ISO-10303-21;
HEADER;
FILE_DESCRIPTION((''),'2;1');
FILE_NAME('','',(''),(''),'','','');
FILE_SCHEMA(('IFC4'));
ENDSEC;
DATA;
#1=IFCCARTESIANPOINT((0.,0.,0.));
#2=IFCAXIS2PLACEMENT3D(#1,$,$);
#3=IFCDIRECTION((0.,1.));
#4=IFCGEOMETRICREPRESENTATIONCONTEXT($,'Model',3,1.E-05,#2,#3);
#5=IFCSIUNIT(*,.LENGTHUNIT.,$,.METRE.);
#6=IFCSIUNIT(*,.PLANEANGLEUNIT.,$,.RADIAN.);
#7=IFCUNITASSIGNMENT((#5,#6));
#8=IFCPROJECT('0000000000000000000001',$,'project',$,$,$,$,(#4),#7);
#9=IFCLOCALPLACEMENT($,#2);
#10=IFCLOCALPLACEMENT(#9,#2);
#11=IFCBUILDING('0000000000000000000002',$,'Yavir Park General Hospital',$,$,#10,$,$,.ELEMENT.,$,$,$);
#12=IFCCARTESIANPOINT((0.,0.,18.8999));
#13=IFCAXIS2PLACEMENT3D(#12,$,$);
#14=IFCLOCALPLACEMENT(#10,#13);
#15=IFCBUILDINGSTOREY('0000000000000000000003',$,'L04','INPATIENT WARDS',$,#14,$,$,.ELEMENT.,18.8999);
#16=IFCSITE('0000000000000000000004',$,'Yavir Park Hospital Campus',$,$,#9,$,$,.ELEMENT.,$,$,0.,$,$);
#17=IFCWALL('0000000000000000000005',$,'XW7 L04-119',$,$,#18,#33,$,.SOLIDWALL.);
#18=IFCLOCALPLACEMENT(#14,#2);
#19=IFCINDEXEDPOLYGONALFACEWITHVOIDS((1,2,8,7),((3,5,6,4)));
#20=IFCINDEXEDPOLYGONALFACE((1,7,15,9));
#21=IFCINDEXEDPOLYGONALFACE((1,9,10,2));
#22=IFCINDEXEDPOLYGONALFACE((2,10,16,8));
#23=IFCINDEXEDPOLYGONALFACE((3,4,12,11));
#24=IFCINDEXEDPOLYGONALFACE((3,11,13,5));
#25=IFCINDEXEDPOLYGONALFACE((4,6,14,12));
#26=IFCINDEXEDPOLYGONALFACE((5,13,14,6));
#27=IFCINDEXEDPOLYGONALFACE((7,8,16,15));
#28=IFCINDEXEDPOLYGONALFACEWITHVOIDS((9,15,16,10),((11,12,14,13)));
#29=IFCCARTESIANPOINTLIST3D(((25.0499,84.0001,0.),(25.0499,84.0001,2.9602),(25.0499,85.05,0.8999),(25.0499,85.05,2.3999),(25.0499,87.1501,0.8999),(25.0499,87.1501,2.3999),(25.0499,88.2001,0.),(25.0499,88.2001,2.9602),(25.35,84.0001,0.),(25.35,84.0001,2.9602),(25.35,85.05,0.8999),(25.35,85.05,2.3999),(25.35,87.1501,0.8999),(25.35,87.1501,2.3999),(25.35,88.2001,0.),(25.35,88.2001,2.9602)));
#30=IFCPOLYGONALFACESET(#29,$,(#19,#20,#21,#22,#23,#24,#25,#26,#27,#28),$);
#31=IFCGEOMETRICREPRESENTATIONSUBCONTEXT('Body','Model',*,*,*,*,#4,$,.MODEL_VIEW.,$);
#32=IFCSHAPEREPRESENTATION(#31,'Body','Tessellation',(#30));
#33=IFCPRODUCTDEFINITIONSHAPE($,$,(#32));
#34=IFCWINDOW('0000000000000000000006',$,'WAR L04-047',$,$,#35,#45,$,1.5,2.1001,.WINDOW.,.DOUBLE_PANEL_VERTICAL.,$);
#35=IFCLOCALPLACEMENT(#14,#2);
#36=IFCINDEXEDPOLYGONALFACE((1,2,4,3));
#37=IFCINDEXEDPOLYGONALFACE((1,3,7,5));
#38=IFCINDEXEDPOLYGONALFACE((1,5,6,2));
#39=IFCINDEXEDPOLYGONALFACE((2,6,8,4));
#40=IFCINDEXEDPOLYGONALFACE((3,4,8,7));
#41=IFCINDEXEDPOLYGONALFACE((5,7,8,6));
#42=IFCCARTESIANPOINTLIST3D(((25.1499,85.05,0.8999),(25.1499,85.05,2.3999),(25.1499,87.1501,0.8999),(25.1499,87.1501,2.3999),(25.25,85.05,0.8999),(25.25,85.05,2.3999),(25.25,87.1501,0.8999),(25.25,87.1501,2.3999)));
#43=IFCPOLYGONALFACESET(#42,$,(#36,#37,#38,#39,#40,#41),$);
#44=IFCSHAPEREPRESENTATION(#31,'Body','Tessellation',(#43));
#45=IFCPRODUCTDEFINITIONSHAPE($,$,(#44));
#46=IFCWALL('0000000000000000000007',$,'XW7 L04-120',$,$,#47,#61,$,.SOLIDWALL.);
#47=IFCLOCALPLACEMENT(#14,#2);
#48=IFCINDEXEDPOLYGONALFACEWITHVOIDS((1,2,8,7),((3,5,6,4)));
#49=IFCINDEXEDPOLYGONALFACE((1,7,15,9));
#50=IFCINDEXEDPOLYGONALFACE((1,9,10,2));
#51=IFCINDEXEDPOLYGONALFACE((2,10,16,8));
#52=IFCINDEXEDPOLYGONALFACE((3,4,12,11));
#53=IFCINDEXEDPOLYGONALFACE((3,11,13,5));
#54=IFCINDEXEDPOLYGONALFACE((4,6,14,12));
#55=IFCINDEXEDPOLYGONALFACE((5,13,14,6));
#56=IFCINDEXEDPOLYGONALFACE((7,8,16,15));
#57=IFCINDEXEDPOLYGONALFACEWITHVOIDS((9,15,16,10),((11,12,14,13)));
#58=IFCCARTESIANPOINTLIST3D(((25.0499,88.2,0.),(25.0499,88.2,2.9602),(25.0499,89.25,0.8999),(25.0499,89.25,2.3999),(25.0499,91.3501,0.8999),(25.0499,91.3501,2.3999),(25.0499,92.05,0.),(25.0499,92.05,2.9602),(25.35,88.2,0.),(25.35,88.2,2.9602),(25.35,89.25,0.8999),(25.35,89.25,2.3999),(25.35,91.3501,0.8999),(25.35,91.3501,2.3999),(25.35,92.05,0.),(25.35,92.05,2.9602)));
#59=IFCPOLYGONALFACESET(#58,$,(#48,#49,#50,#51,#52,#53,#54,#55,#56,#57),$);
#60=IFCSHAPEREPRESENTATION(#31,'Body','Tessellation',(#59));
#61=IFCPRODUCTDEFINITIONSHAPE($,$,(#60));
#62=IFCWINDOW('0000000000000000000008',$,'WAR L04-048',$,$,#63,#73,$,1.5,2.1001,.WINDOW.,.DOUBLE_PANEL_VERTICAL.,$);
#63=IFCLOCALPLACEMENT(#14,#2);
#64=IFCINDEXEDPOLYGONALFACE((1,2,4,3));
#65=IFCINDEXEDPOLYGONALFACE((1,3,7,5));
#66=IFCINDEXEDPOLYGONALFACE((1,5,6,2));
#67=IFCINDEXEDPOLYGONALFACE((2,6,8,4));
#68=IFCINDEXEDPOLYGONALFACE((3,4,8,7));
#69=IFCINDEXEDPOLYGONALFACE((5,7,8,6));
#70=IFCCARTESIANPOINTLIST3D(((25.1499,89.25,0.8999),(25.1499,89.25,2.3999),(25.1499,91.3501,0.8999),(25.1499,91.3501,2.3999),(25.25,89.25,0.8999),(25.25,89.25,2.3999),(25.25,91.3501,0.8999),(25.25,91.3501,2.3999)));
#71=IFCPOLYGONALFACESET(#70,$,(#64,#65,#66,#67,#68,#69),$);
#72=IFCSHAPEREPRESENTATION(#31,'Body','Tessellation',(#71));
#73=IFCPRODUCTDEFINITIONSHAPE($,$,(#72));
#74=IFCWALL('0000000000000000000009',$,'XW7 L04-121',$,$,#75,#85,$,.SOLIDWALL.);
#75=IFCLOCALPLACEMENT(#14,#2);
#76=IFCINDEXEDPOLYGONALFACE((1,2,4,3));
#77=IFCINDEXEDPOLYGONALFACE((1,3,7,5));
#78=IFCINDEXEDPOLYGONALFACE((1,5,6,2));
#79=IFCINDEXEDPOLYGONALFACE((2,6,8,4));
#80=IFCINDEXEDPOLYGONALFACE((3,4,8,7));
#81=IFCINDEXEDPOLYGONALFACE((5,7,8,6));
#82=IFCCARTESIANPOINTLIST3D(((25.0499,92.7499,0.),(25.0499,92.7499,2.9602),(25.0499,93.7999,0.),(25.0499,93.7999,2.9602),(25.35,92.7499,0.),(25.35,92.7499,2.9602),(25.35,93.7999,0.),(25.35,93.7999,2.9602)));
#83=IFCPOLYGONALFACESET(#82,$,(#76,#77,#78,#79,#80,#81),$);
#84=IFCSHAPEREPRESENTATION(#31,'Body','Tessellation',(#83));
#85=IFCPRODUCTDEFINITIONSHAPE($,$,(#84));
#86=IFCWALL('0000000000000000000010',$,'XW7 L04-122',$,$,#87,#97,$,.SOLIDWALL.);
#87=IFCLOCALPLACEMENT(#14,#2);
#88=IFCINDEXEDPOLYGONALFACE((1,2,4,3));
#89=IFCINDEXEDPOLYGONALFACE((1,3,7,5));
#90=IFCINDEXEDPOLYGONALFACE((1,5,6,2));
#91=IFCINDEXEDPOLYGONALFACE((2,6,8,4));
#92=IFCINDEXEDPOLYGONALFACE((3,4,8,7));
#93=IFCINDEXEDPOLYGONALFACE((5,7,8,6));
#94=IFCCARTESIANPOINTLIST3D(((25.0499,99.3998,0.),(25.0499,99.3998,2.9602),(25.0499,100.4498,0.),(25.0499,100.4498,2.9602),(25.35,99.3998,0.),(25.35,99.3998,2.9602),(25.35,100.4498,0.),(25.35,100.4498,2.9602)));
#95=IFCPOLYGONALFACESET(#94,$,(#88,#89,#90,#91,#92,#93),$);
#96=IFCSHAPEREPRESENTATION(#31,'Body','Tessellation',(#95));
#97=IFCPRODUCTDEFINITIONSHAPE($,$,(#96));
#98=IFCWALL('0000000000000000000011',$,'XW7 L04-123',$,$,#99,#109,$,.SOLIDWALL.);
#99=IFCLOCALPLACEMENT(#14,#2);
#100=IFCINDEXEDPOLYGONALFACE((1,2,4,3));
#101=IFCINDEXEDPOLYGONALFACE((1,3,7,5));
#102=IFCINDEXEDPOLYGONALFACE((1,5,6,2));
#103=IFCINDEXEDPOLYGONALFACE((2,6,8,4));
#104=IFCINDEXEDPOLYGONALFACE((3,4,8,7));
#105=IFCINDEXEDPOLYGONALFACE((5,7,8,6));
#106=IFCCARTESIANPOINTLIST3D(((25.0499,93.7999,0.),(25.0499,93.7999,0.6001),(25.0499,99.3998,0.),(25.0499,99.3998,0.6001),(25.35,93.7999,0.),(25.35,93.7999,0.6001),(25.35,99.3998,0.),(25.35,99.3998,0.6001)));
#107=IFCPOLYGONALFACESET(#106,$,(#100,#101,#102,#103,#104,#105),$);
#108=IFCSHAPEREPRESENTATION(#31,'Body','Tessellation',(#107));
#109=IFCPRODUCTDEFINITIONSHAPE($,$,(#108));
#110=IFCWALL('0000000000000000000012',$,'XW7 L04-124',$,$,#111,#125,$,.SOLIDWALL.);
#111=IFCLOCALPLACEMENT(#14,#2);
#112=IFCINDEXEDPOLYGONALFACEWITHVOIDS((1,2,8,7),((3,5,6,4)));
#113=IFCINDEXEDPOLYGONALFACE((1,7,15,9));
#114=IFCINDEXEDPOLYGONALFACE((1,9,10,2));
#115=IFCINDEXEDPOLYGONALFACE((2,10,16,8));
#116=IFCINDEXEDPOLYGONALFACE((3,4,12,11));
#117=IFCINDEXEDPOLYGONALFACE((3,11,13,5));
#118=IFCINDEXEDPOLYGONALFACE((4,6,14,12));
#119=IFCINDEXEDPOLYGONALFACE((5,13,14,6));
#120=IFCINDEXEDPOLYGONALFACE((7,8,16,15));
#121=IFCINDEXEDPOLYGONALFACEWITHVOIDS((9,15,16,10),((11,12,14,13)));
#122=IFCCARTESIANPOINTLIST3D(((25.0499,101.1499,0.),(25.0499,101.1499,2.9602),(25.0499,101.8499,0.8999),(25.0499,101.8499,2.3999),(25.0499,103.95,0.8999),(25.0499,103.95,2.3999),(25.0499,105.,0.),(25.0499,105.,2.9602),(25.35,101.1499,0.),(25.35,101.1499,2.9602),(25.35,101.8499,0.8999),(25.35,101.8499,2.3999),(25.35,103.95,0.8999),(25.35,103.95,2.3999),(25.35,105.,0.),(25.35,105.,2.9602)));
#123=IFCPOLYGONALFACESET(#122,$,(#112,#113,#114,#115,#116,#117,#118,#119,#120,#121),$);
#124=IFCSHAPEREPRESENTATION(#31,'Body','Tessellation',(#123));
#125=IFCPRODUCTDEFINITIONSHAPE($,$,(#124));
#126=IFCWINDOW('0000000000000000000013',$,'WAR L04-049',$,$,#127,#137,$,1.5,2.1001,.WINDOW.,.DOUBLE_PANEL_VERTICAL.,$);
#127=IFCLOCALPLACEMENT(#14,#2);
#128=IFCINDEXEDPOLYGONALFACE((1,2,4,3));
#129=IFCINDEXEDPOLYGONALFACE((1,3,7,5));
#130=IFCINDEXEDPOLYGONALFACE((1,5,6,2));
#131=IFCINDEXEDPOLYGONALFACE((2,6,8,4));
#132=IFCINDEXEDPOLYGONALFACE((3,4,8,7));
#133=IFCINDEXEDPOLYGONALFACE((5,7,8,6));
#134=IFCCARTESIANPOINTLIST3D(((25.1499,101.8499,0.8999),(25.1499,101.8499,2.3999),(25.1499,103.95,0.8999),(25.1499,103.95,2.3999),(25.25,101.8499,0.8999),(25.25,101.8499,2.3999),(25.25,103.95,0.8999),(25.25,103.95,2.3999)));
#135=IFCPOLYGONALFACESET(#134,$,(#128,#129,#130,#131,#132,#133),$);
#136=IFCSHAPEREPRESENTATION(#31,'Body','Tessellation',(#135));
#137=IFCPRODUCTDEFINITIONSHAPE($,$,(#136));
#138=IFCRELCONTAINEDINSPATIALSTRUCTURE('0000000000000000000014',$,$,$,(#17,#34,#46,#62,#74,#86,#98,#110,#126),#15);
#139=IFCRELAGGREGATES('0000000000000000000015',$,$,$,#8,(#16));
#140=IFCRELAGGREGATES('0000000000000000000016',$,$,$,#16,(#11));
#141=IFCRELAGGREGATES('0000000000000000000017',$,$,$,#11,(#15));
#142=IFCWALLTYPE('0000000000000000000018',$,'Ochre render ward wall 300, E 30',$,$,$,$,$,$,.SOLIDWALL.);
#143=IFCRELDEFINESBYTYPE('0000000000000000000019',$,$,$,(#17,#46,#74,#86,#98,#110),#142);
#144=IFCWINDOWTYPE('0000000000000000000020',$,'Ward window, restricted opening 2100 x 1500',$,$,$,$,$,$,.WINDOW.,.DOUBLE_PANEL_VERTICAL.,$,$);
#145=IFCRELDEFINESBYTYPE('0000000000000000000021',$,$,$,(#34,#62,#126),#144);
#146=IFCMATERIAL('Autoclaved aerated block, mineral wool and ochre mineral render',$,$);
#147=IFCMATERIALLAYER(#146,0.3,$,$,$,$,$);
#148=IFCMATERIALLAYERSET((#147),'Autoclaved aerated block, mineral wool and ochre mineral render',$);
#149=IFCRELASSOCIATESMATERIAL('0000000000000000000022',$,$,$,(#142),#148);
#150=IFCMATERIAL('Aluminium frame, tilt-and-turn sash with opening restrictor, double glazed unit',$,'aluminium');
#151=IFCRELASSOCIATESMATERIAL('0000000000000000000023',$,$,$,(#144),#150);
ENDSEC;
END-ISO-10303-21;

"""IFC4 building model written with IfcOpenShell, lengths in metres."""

from ifc_helpers import new_model, si_unit, direction, frame, frame_2d, origin, place, context, subcontext, project, spatial, rectangle, extrude, material, layer, layer_set, type_object, element, fill, save


model = new_model("IFC4")

# Units and contexts
model_context = context("Model", 3, precision=1e-05, world=origin(), true_north=direction((0.0, 1.0)))
body_context = subcontext(model_context, "Body", "Model", "MODEL_VIEW")
ifc_project = project(units=[si_unit("LENGTHUNIT", "METRE"), si_unit("PLANEANGLEUNIT", "RADIAN")], contexts=[model_context])

# Site, building, storey
site_placement = place(None, origin())
site = spatial("IfcSite", under=ifc_project, at=site_placement, Name="Yavir Park Hospital Campus", CompositionType="ELEMENT", RefElevation=0.0)
building_placement = place(site_placement, origin())
building = spatial("IfcBuilding", under=site, at=building_placement, Name="Yavir Park General Hospital", CompositionType="ELEMENT")
storey_placement = place(building_placement, frame((0.0, 0.0, 18.8999)))
storey = spatial("IfcBuildingStorey", under=building, at=storey_placement, Name="L04", Description="INPATIENT WARDS", CompositionType="ELEMENT", Elevation=18.8999)

# Walls, openings, windows
ifc_material_1 = material(Name="Autoclaved aerated block, mineral wool and ochre mineral render")
ifc_layer_1 = layer(ifc_material_1, 0.3)
ifc_layer_set_1 = layer_set([ifc_layer_1], Name="Autoclaved aerated block, mineral wool and ochre mineral render")
wall_type = type_object("IfcWallType", Name="Ochre render ward wall 300, E 30", PredefinedType="SOLIDWALL", material=ifc_layer_set_1)
wall_1_placement = place(storey_placement, frame((25.2, 84.0, 0.0), z_axis=(0.0, 0.0, 1.0), x_axis=(0.0, 1.0, 0.0)))
wall_1 = element("IfcWall", 1, at=wall_1_placement, inside=storey, type_object=wall_type, Name="XW7 L04-119", PredefinedType="SOLIDWALL", context=body_context, shape_type="SweptSolid", body=[
    extrude(rectangle(XDim=4.2, YDim=0.3, at=frame_2d((2.1001, 0.0))), origin(), (0.0, 0.0, 1.0), 2.9602),
])
opening_1_placement = place(wall_1_placement, frame((1.05, 0.0, 0.8999)))
opening_1 = element("IfcOpeningElement", 2, at=opening_1_placement, cuts=wall_1, PredefinedType="OPENING", context=body_context, shape_type="SweptSolid", body=[
    extrude(rectangle(XDim=2.1001, YDim=1.5, at=frame_2d((1.05, 0.75))), frame((0.0, 0.1599, 0.0), z_axis=(0.0, -1.0, 0.0), x_axis=(1.0, 0.0, 0.0)), (0.0, 0.0, 1.0), 0.3201),
])
ifc_material_2 = material(Name="Aluminium frame, tilt-and-turn sash with opening restrictor, double glazed unit", Category="aluminium")
window_type = type_object("IfcWindowType", Name="Ward window, restricted opening 2100 x 1500", PartitioningType="DOUBLE_PANEL_VERTICAL", PredefinedType="WINDOW", material=ifc_material_2)
window_1_placement = place(opening_1_placement, origin())
window_1 = element("IfcWindow", 3, at=window_1_placement, inside=storey, type_object=window_type, Name="WAR L04-047", OverallHeight=1.5, OverallWidth=2.1001, PartitioningType="DOUBLE_PANEL_VERTICAL", PredefinedType="WINDOW", context=body_context, shape_type="SweptSolid", body=[
    extrude(rectangle(XDim=2.1001, YDim=1.5, at=frame_2d((1.05, 0.75))), frame((0.0, 0.05, 0.0), z_axis=(0.0, -1.0, 0.0), x_axis=(1.0, 0.0, 0.0)), (0.0, 0.0, 1.0), 0.1001),
])
fill(opening_1, window_1)
wall_2_placement = place(storey_placement, frame((25.2, 88.2, 0.0), z_axis=(0.0, 0.0, 1.0), x_axis=(0.0, 1.0, 0.0)))
wall_2 = element("IfcWall", 4, at=wall_2_placement, inside=storey, type_object=wall_type, Name="XW7 L04-120", PredefinedType="SOLIDWALL", context=body_context, shape_type="SweptSolid", body=[
    extrude(rectangle(XDim=3.8501, YDim=0.3, at=frame_2d((1.925, 0.0))), origin(), (0.0, 0.0, 1.0), 2.9602),
])
opening_2_placement = place(wall_2_placement, frame((1.05, 0.0, 0.8999)))
opening_2 = element("IfcOpeningElement", 5, at=opening_2_placement, cuts=wall_2, PredefinedType="OPENING", context=body_context, shape_type="SweptSolid", body=[
    extrude(rectangle(XDim=2.1001, YDim=1.5, at=frame_2d((1.05, 0.75))), frame((0.0, 0.1599, 0.0), z_axis=(0.0, -1.0, 0.0), x_axis=(1.0, 0.0, 0.0)), (0.0, 0.0, 1.0), 0.3201),
])
window_2_placement = place(opening_2_placement, origin())
window_2 = element("IfcWindow", 6, at=window_2_placement, inside=storey, type_object=window_type, Name="WAR L04-048", OverallHeight=1.5, OverallWidth=2.1001, PartitioningType="DOUBLE_PANEL_VERTICAL", PredefinedType="WINDOW", context=body_context, shape_type="SweptSolid", body=[
    extrude(rectangle(XDim=2.1001, YDim=1.5, at=frame_2d((1.05, 0.75))), frame((0.0, 0.05, 0.0), z_axis=(0.0, -1.0, 0.0), x_axis=(1.0, 0.0, 0.0)), (0.0, 0.0, 1.0), 0.1001),
])
fill(opening_2, window_2)

# Walls
for number, where, z_axis, x_axis, name in (
    (7, (25.2, 92.75, 0.0), (0.0, 0.0, 1.0), (0.0, 1.0, 0.0), "XW7 L04-121"),
    (8, (25.2, 99.3999, 0.0), (0.0, 0.0, 1.0), (0.0, 1.0, 0.0), "XW7 L04-122"),
):
    element("IfcWall", number, at=place(storey_placement, frame(where, z_axis=z_axis, x_axis=x_axis)), inside=storey, type_object=wall_type, Name=name, PredefinedType="SOLIDWALL", context=body_context, shape_type="SweptSolid", body=[
        extrude(rectangle(XDim=1.05, YDim=0.3, at=frame_2d((0.5249, 0.0))), origin(), (0.0, 0.0, 1.0), 2.9602),
    ])
wall_3_placement = place(storey_placement, frame((25.2, 93.8, 0.0), z_axis=(0.0, 0.0, 1.0), x_axis=(0.0, 1.0, 0.0)))
element("IfcWall", 9, at=wall_3_placement, inside=storey, type_object=wall_type, Name="XW7 L04-123", PredefinedType="SOLIDWALL", context=body_context, shape_type="SweptSolid", body=[
    extrude(rectangle(XDim=5.5999, YDim=0.3, at=frame_2d((2.7998, 0.0))), origin(), (0.0, 0.0, 1.0), 0.6001),
])

# Wall, opening, window
wall_4_placement = place(storey_placement, frame((25.2, 101.1499, 0.0), z_axis=(0.0, 0.0, 1.0), x_axis=(0.0, 1.0, 0.0)))
wall_4 = element("IfcWall", 10, at=wall_4_placement, inside=storey, type_object=wall_type, Name="XW7 L04-124", PredefinedType="SOLIDWALL", context=body_context, shape_type="SweptSolid", body=[
    extrude(rectangle(XDim=3.8501, YDim=0.3, at=frame_2d((1.925, 0.0))), origin(), (0.0, 0.0, 1.0), 2.9602),
])
opening_3_placement = place(wall_4_placement, frame((0.7, 0.0, 0.8999)))
opening_3 = element("IfcOpeningElement", 11, at=opening_3_placement, cuts=wall_4, PredefinedType="OPENING", context=body_context, shape_type="SweptSolid", body=[
    extrude(rectangle(XDim=2.1001, YDim=1.5, at=frame_2d((1.05, 0.75))), frame((0.0, 0.1599, 0.0), z_axis=(0.0, -1.0, 0.0), x_axis=(1.0, 0.0, 0.0)), (0.0, 0.0, 1.0), 0.3201),
])
window_3_placement = place(opening_3_placement, origin())
window_3 = element("IfcWindow", 12, at=window_3_placement, inside=storey, type_object=window_type, Name="WAR L04-049", OverallHeight=1.5, OverallWidth=2.1001, PartitioningType="DOUBLE_PANEL_VERTICAL", PredefinedType="WINDOW", context=body_context, shape_type="SweptSolid", body=[
    extrude(rectangle(XDim=2.1001, YDim=1.5, at=frame_2d((1.05, 0.75))), frame((0.0, 0.05, 0.0), z_axis=(0.0, -1.0, 0.0), x_axis=(1.0, 0.0, 0.0)), (0.0, 0.0, 1.0), 0.1001),
])
fill(opening_3, window_3)

save(model, "model.ifc")
